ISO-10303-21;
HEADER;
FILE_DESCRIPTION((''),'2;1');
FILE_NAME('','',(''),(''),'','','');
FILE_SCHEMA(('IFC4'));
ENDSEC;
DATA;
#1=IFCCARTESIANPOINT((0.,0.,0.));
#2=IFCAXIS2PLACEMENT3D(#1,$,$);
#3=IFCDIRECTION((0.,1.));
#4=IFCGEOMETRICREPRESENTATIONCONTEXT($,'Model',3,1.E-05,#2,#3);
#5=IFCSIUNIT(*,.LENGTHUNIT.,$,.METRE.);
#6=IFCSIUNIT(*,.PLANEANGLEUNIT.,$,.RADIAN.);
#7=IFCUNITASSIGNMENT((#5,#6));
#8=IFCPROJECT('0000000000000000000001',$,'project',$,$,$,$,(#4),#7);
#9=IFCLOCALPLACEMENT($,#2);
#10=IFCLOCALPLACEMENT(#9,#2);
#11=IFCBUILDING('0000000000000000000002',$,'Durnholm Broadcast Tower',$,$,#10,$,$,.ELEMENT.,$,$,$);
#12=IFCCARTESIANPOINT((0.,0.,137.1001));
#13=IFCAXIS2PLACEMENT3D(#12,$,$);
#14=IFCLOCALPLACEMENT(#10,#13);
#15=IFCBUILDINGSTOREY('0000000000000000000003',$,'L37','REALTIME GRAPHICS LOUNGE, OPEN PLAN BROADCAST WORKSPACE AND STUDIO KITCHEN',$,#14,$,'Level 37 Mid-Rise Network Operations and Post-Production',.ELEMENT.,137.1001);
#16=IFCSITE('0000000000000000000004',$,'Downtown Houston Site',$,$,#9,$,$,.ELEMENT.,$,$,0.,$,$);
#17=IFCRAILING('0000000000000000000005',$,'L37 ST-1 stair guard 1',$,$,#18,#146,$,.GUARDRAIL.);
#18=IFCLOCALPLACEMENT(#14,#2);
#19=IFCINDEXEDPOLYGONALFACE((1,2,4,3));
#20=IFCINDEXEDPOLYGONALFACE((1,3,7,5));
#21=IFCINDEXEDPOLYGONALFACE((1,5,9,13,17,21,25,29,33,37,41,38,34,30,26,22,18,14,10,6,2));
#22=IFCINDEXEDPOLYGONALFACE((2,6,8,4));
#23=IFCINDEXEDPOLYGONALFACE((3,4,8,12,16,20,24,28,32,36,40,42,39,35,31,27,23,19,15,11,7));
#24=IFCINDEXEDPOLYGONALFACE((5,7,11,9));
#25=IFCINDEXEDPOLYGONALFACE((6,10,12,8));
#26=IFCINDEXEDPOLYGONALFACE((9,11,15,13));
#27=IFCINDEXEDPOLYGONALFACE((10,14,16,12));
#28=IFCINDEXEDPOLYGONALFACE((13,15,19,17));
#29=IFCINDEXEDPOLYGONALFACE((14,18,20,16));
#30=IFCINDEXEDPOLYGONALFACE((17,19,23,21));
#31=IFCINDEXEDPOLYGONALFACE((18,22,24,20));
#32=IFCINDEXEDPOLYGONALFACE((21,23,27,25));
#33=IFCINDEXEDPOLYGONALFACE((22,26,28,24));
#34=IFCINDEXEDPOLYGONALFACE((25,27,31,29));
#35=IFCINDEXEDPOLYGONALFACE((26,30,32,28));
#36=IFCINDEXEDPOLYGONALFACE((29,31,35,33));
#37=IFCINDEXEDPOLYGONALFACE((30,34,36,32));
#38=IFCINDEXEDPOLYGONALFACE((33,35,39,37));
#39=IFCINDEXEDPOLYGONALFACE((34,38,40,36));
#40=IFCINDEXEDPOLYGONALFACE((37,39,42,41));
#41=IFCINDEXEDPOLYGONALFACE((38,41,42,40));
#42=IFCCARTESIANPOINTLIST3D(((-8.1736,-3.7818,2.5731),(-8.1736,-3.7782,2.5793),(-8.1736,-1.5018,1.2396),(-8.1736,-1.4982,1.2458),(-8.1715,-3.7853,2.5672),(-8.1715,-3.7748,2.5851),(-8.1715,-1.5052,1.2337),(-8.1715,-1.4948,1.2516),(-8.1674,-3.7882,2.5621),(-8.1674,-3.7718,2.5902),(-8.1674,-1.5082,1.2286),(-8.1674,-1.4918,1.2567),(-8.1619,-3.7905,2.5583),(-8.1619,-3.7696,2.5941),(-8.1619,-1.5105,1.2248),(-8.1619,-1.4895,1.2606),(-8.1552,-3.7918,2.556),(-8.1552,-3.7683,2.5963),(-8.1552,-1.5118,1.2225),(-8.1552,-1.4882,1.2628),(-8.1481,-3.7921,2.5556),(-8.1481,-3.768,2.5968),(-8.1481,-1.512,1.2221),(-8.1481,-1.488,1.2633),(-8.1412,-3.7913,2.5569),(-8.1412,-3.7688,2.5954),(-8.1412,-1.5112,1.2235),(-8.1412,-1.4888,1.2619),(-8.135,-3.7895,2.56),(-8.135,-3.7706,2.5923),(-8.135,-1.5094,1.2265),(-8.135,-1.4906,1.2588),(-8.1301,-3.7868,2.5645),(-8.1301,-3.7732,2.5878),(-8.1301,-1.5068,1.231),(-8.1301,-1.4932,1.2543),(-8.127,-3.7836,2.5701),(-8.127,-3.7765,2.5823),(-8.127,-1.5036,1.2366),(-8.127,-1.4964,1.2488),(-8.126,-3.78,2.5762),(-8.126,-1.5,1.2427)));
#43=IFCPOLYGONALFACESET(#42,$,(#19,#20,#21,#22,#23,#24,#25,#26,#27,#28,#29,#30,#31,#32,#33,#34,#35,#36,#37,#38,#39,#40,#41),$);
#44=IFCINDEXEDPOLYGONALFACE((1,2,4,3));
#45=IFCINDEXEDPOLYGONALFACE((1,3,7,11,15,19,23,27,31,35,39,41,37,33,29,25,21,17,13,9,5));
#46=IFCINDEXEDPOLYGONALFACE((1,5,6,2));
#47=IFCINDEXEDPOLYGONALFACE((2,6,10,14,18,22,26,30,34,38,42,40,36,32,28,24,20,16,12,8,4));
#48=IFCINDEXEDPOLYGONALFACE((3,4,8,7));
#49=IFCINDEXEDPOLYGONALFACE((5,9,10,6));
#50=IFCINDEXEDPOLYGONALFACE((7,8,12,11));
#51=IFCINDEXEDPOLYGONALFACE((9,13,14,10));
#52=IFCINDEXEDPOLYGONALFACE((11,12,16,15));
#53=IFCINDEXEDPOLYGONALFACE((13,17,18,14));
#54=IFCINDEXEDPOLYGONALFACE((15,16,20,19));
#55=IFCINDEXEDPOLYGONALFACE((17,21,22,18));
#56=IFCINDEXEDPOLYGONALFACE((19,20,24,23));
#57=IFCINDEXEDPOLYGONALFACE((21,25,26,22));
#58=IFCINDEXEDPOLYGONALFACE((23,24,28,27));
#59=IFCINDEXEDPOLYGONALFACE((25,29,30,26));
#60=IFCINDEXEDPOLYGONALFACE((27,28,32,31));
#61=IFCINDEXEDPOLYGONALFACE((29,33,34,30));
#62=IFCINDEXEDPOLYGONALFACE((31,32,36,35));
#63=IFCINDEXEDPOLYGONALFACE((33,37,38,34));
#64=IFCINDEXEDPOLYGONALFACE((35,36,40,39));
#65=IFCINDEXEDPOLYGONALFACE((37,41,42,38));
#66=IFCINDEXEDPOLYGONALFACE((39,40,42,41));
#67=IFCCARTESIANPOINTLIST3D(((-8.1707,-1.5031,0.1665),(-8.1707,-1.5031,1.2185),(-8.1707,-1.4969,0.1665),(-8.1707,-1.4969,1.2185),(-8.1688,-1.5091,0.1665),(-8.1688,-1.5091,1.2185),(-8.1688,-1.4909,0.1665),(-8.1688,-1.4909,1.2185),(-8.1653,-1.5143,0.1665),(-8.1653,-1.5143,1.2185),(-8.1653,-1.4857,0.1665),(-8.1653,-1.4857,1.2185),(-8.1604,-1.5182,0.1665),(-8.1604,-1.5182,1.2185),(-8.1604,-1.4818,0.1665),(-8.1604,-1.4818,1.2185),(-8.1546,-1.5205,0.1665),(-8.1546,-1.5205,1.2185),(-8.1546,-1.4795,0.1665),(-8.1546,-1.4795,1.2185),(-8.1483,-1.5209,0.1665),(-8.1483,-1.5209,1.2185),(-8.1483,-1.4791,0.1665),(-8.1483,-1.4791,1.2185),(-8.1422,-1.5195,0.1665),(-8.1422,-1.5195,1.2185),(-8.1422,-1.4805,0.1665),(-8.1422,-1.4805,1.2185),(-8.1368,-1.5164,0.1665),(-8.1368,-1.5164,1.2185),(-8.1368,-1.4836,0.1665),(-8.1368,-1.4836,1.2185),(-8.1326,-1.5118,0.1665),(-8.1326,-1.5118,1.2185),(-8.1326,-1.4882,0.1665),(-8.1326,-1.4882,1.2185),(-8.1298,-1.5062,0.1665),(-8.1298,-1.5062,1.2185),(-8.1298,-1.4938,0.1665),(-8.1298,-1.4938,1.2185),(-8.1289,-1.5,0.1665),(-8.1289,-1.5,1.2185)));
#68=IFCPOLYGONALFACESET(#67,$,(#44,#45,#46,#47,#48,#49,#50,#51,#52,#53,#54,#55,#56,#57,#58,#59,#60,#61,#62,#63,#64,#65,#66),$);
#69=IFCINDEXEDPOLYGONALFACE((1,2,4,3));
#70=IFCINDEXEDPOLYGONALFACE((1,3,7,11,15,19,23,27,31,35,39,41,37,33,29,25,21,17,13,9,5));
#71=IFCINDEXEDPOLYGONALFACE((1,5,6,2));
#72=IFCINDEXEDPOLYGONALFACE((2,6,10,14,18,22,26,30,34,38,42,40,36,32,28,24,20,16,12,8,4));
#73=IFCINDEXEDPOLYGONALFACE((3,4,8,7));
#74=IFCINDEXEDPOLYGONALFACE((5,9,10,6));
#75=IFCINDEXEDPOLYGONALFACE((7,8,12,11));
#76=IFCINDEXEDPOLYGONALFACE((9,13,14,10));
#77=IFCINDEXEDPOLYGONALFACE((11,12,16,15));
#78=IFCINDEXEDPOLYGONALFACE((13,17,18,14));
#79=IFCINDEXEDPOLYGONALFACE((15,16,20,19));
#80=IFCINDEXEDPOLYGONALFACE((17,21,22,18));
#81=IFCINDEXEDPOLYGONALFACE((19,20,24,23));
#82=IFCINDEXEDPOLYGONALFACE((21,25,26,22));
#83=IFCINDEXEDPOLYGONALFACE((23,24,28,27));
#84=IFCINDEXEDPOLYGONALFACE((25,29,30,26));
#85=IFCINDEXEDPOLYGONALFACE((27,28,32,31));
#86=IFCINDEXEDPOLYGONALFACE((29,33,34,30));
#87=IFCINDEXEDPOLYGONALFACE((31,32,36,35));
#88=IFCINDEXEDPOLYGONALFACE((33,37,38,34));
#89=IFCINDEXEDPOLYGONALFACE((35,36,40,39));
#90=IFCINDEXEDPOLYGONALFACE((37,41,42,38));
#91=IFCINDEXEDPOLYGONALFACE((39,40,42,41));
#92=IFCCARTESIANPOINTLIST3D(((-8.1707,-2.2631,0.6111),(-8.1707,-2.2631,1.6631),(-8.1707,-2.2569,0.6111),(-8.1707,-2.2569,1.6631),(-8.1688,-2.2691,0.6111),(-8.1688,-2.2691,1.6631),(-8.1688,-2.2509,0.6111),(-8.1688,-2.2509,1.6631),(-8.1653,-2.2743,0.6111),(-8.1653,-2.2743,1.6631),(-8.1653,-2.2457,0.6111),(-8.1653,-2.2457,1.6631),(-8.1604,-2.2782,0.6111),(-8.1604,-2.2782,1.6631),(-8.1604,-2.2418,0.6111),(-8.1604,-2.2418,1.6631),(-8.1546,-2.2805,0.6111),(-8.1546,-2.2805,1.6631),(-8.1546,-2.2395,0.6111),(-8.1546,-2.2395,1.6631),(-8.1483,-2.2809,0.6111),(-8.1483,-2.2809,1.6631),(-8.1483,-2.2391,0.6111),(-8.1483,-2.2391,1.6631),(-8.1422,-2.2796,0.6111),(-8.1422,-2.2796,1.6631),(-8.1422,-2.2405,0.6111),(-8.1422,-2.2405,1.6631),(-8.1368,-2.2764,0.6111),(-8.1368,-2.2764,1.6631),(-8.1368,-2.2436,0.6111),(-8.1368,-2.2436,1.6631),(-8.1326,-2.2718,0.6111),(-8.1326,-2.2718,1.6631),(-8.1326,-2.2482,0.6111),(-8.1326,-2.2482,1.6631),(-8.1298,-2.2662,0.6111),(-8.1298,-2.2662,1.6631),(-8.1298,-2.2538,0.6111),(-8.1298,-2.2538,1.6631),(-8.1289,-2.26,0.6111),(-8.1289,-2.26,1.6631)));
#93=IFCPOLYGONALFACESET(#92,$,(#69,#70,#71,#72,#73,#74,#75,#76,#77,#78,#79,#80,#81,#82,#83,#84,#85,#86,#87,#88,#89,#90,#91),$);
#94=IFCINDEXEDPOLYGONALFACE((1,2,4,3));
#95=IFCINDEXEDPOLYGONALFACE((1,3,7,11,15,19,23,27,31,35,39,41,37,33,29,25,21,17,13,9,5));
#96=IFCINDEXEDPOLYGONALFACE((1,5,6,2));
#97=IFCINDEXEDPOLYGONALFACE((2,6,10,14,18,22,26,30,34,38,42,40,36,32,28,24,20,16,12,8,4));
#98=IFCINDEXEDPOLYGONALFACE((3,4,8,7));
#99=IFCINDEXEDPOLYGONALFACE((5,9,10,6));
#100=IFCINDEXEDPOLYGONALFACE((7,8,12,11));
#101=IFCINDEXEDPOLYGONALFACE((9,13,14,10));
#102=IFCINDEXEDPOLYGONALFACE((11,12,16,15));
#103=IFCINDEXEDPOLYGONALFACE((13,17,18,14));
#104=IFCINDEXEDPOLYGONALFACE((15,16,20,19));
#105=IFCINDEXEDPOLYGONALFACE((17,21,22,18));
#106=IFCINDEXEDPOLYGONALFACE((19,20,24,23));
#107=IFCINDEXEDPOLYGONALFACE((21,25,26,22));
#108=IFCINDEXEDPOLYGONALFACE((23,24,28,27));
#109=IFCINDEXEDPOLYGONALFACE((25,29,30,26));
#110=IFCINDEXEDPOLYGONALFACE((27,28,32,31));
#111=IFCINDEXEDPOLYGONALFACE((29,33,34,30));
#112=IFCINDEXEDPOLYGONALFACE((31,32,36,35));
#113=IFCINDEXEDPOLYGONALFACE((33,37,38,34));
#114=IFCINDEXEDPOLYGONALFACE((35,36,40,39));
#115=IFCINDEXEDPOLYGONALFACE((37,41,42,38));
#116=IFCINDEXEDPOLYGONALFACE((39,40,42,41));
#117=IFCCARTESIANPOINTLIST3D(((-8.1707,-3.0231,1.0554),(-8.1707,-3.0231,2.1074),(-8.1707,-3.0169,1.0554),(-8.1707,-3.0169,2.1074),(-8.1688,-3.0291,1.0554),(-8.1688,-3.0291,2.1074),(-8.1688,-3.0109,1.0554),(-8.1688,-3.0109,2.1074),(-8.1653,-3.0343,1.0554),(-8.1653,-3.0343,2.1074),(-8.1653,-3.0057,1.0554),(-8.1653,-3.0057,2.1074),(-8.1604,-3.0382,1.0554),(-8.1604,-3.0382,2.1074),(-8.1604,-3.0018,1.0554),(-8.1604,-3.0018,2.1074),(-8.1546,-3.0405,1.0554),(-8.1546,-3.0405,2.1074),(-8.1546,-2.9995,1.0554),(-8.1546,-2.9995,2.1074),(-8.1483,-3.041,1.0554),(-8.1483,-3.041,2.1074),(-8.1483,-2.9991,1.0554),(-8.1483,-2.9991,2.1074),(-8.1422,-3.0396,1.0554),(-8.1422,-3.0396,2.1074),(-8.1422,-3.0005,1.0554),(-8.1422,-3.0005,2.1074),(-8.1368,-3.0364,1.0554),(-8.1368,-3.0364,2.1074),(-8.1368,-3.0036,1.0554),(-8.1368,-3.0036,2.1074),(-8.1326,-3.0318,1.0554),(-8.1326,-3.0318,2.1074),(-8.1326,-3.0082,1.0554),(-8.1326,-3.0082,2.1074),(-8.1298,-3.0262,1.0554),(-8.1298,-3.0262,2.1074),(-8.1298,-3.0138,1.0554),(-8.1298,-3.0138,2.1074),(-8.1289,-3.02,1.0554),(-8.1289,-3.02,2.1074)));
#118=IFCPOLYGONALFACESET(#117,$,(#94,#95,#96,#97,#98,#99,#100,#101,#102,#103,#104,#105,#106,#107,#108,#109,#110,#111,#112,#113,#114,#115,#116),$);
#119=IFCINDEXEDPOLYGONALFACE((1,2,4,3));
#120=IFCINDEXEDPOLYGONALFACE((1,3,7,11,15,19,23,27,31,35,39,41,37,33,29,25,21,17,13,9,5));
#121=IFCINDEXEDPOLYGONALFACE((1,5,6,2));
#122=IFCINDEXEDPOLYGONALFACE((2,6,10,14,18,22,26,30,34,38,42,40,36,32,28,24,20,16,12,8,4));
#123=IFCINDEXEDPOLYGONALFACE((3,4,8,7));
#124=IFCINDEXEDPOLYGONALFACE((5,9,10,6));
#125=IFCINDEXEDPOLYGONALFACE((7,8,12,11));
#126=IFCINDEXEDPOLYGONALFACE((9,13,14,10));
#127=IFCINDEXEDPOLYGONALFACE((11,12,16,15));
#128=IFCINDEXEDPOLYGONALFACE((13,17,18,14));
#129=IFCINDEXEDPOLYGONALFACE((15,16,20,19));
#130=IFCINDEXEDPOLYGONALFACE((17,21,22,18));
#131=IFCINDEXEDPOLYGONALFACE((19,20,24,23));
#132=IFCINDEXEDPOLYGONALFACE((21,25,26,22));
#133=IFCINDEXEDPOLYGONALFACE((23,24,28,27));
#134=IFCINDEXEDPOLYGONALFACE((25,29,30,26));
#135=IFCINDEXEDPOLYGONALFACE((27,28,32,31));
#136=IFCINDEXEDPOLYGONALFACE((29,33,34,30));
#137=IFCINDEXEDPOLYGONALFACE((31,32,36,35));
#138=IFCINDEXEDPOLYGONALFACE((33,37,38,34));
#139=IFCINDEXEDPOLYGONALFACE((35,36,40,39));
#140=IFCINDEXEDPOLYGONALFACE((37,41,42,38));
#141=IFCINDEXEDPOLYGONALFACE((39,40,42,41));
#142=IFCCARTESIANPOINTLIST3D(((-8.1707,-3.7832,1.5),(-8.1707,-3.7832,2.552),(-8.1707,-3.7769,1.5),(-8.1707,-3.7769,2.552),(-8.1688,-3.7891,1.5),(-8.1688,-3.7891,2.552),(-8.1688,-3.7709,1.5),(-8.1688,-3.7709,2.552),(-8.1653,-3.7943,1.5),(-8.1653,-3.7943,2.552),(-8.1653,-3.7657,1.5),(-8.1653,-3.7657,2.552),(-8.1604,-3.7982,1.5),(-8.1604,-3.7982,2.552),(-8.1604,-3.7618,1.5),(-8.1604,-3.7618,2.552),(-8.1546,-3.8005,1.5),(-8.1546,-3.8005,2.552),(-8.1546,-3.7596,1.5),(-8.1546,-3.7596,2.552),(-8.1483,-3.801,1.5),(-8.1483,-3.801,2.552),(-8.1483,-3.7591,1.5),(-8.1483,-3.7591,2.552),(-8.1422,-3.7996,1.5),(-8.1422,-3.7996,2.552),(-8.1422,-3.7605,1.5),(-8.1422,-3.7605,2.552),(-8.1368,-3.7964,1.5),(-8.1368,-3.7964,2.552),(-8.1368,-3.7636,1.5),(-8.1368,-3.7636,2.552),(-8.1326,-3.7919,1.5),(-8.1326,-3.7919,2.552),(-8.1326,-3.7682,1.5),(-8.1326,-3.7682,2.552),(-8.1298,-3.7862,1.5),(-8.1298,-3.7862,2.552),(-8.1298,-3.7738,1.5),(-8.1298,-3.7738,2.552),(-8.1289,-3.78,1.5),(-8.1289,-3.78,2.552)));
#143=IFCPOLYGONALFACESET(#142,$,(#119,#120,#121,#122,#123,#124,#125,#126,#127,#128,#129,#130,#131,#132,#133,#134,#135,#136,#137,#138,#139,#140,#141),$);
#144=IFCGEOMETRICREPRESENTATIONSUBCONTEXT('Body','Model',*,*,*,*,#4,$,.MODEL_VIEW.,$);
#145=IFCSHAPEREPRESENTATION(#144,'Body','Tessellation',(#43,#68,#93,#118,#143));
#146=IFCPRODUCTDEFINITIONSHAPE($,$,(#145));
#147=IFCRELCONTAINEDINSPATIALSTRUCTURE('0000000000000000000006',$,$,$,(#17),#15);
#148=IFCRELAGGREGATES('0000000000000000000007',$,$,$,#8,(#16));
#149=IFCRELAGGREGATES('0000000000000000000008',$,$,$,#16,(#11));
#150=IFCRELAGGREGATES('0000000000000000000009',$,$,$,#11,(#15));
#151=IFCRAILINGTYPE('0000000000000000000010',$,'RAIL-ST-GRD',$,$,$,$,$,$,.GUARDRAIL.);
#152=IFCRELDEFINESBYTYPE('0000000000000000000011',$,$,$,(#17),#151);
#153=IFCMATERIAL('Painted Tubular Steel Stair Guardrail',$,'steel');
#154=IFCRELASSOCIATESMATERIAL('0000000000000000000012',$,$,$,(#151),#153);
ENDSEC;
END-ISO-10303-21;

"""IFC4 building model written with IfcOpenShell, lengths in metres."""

from ifc_helpers import new_model, si_unit, direction, frame, origin, origin_2d, place, context, subcontext, project, spatial, circle, extrude, material, type_object, element, save


model = new_model("IFC4")

# Units and contexts
model_context = context("Model", 3, precision=1e-05, world=origin(), true_north=direction((0.0, 1.0)))
body_context = subcontext(model_context, "Body", "Model", "MODEL_VIEW")
ifc_project = project(units=[si_unit("LENGTHUNIT", "METRE"), si_unit("PLANEANGLEUNIT", "RADIAN")], contexts=[model_context])

# Site, building, storey
site_placement = place(None, origin())
site = spatial("IfcSite", under=ifc_project, at=site_placement, Name="Downtown Houston Site", CompositionType="ELEMENT", RefElevation=0.0)
building_placement = place(site_placement, origin())
building = spatial("IfcBuilding", under=site, at=building_placement, Name="Durnholm Broadcast Tower", CompositionType="ELEMENT")
storey_placement = place(building_placement, frame((0.0, 0.0, 137.1001)))
storey = spatial("IfcBuildingStorey", under=building, at=storey_placement, Name="L37", Description="REALTIME GRAPHICS LOUNGE, OPEN PLAN BROADCAST WORKSPACE AND STUDIO KITCHEN", LongName="Level 37 Mid-Rise Network Operations and Post-Production", CompositionType="ELEMENT", Elevation=137.1001)

# Railing
ifc_material_1 = material(Name="Painted Tubular Steel Stair Guardrail", Category="steel")
railing_type_1 = type_object("IfcRailingType", Name="RAIL-ST-GRD", PredefinedType="GUARDRAIL", material=ifc_material_1)
railing_1_placement = place(storey_placement, frame((-8.1499, -1.5, 0.1665)))
element("IfcRailing", 1, at=railing_1_placement, inside=storey, type_object=railing_type_1, Name="L37 ST-1 stair guard 1", PredefinedType="GUARDRAIL", context=body_context, shape_type="SweptSolid", body=[
    extrude(circle(Radius=0.0239, at=origin_2d()), frame((0.0, 0.0, 1.0762), z_axis=(0.0, -0.863205, 0.504853), x_axis=(1.0, 0.0, 0.0)), (0.0, 0.0, 1.0), 2.6414),
    extrude(circle(Radius=0.021, at=origin_2d()), origin(), (0.0, 0.0, 1.0), 1.052),
    extrude(circle(Radius=0.021, at=origin_2d()), frame((0.0, -0.76, 0.4446)), (0.0, 0.0, 1.0), 1.052),
    extrude(circle(Radius=0.021, at=origin_2d()), frame((0.0, -1.52, 0.8889)), (0.0, 0.0, 1.0), 1.052),
    extrude(circle(Radius=0.021, at=origin_2d()), frame((0.0, -2.28, 1.3335)), (0.0, 0.0, 1.0), 1.052),
])

save(model, "model.ifc")
